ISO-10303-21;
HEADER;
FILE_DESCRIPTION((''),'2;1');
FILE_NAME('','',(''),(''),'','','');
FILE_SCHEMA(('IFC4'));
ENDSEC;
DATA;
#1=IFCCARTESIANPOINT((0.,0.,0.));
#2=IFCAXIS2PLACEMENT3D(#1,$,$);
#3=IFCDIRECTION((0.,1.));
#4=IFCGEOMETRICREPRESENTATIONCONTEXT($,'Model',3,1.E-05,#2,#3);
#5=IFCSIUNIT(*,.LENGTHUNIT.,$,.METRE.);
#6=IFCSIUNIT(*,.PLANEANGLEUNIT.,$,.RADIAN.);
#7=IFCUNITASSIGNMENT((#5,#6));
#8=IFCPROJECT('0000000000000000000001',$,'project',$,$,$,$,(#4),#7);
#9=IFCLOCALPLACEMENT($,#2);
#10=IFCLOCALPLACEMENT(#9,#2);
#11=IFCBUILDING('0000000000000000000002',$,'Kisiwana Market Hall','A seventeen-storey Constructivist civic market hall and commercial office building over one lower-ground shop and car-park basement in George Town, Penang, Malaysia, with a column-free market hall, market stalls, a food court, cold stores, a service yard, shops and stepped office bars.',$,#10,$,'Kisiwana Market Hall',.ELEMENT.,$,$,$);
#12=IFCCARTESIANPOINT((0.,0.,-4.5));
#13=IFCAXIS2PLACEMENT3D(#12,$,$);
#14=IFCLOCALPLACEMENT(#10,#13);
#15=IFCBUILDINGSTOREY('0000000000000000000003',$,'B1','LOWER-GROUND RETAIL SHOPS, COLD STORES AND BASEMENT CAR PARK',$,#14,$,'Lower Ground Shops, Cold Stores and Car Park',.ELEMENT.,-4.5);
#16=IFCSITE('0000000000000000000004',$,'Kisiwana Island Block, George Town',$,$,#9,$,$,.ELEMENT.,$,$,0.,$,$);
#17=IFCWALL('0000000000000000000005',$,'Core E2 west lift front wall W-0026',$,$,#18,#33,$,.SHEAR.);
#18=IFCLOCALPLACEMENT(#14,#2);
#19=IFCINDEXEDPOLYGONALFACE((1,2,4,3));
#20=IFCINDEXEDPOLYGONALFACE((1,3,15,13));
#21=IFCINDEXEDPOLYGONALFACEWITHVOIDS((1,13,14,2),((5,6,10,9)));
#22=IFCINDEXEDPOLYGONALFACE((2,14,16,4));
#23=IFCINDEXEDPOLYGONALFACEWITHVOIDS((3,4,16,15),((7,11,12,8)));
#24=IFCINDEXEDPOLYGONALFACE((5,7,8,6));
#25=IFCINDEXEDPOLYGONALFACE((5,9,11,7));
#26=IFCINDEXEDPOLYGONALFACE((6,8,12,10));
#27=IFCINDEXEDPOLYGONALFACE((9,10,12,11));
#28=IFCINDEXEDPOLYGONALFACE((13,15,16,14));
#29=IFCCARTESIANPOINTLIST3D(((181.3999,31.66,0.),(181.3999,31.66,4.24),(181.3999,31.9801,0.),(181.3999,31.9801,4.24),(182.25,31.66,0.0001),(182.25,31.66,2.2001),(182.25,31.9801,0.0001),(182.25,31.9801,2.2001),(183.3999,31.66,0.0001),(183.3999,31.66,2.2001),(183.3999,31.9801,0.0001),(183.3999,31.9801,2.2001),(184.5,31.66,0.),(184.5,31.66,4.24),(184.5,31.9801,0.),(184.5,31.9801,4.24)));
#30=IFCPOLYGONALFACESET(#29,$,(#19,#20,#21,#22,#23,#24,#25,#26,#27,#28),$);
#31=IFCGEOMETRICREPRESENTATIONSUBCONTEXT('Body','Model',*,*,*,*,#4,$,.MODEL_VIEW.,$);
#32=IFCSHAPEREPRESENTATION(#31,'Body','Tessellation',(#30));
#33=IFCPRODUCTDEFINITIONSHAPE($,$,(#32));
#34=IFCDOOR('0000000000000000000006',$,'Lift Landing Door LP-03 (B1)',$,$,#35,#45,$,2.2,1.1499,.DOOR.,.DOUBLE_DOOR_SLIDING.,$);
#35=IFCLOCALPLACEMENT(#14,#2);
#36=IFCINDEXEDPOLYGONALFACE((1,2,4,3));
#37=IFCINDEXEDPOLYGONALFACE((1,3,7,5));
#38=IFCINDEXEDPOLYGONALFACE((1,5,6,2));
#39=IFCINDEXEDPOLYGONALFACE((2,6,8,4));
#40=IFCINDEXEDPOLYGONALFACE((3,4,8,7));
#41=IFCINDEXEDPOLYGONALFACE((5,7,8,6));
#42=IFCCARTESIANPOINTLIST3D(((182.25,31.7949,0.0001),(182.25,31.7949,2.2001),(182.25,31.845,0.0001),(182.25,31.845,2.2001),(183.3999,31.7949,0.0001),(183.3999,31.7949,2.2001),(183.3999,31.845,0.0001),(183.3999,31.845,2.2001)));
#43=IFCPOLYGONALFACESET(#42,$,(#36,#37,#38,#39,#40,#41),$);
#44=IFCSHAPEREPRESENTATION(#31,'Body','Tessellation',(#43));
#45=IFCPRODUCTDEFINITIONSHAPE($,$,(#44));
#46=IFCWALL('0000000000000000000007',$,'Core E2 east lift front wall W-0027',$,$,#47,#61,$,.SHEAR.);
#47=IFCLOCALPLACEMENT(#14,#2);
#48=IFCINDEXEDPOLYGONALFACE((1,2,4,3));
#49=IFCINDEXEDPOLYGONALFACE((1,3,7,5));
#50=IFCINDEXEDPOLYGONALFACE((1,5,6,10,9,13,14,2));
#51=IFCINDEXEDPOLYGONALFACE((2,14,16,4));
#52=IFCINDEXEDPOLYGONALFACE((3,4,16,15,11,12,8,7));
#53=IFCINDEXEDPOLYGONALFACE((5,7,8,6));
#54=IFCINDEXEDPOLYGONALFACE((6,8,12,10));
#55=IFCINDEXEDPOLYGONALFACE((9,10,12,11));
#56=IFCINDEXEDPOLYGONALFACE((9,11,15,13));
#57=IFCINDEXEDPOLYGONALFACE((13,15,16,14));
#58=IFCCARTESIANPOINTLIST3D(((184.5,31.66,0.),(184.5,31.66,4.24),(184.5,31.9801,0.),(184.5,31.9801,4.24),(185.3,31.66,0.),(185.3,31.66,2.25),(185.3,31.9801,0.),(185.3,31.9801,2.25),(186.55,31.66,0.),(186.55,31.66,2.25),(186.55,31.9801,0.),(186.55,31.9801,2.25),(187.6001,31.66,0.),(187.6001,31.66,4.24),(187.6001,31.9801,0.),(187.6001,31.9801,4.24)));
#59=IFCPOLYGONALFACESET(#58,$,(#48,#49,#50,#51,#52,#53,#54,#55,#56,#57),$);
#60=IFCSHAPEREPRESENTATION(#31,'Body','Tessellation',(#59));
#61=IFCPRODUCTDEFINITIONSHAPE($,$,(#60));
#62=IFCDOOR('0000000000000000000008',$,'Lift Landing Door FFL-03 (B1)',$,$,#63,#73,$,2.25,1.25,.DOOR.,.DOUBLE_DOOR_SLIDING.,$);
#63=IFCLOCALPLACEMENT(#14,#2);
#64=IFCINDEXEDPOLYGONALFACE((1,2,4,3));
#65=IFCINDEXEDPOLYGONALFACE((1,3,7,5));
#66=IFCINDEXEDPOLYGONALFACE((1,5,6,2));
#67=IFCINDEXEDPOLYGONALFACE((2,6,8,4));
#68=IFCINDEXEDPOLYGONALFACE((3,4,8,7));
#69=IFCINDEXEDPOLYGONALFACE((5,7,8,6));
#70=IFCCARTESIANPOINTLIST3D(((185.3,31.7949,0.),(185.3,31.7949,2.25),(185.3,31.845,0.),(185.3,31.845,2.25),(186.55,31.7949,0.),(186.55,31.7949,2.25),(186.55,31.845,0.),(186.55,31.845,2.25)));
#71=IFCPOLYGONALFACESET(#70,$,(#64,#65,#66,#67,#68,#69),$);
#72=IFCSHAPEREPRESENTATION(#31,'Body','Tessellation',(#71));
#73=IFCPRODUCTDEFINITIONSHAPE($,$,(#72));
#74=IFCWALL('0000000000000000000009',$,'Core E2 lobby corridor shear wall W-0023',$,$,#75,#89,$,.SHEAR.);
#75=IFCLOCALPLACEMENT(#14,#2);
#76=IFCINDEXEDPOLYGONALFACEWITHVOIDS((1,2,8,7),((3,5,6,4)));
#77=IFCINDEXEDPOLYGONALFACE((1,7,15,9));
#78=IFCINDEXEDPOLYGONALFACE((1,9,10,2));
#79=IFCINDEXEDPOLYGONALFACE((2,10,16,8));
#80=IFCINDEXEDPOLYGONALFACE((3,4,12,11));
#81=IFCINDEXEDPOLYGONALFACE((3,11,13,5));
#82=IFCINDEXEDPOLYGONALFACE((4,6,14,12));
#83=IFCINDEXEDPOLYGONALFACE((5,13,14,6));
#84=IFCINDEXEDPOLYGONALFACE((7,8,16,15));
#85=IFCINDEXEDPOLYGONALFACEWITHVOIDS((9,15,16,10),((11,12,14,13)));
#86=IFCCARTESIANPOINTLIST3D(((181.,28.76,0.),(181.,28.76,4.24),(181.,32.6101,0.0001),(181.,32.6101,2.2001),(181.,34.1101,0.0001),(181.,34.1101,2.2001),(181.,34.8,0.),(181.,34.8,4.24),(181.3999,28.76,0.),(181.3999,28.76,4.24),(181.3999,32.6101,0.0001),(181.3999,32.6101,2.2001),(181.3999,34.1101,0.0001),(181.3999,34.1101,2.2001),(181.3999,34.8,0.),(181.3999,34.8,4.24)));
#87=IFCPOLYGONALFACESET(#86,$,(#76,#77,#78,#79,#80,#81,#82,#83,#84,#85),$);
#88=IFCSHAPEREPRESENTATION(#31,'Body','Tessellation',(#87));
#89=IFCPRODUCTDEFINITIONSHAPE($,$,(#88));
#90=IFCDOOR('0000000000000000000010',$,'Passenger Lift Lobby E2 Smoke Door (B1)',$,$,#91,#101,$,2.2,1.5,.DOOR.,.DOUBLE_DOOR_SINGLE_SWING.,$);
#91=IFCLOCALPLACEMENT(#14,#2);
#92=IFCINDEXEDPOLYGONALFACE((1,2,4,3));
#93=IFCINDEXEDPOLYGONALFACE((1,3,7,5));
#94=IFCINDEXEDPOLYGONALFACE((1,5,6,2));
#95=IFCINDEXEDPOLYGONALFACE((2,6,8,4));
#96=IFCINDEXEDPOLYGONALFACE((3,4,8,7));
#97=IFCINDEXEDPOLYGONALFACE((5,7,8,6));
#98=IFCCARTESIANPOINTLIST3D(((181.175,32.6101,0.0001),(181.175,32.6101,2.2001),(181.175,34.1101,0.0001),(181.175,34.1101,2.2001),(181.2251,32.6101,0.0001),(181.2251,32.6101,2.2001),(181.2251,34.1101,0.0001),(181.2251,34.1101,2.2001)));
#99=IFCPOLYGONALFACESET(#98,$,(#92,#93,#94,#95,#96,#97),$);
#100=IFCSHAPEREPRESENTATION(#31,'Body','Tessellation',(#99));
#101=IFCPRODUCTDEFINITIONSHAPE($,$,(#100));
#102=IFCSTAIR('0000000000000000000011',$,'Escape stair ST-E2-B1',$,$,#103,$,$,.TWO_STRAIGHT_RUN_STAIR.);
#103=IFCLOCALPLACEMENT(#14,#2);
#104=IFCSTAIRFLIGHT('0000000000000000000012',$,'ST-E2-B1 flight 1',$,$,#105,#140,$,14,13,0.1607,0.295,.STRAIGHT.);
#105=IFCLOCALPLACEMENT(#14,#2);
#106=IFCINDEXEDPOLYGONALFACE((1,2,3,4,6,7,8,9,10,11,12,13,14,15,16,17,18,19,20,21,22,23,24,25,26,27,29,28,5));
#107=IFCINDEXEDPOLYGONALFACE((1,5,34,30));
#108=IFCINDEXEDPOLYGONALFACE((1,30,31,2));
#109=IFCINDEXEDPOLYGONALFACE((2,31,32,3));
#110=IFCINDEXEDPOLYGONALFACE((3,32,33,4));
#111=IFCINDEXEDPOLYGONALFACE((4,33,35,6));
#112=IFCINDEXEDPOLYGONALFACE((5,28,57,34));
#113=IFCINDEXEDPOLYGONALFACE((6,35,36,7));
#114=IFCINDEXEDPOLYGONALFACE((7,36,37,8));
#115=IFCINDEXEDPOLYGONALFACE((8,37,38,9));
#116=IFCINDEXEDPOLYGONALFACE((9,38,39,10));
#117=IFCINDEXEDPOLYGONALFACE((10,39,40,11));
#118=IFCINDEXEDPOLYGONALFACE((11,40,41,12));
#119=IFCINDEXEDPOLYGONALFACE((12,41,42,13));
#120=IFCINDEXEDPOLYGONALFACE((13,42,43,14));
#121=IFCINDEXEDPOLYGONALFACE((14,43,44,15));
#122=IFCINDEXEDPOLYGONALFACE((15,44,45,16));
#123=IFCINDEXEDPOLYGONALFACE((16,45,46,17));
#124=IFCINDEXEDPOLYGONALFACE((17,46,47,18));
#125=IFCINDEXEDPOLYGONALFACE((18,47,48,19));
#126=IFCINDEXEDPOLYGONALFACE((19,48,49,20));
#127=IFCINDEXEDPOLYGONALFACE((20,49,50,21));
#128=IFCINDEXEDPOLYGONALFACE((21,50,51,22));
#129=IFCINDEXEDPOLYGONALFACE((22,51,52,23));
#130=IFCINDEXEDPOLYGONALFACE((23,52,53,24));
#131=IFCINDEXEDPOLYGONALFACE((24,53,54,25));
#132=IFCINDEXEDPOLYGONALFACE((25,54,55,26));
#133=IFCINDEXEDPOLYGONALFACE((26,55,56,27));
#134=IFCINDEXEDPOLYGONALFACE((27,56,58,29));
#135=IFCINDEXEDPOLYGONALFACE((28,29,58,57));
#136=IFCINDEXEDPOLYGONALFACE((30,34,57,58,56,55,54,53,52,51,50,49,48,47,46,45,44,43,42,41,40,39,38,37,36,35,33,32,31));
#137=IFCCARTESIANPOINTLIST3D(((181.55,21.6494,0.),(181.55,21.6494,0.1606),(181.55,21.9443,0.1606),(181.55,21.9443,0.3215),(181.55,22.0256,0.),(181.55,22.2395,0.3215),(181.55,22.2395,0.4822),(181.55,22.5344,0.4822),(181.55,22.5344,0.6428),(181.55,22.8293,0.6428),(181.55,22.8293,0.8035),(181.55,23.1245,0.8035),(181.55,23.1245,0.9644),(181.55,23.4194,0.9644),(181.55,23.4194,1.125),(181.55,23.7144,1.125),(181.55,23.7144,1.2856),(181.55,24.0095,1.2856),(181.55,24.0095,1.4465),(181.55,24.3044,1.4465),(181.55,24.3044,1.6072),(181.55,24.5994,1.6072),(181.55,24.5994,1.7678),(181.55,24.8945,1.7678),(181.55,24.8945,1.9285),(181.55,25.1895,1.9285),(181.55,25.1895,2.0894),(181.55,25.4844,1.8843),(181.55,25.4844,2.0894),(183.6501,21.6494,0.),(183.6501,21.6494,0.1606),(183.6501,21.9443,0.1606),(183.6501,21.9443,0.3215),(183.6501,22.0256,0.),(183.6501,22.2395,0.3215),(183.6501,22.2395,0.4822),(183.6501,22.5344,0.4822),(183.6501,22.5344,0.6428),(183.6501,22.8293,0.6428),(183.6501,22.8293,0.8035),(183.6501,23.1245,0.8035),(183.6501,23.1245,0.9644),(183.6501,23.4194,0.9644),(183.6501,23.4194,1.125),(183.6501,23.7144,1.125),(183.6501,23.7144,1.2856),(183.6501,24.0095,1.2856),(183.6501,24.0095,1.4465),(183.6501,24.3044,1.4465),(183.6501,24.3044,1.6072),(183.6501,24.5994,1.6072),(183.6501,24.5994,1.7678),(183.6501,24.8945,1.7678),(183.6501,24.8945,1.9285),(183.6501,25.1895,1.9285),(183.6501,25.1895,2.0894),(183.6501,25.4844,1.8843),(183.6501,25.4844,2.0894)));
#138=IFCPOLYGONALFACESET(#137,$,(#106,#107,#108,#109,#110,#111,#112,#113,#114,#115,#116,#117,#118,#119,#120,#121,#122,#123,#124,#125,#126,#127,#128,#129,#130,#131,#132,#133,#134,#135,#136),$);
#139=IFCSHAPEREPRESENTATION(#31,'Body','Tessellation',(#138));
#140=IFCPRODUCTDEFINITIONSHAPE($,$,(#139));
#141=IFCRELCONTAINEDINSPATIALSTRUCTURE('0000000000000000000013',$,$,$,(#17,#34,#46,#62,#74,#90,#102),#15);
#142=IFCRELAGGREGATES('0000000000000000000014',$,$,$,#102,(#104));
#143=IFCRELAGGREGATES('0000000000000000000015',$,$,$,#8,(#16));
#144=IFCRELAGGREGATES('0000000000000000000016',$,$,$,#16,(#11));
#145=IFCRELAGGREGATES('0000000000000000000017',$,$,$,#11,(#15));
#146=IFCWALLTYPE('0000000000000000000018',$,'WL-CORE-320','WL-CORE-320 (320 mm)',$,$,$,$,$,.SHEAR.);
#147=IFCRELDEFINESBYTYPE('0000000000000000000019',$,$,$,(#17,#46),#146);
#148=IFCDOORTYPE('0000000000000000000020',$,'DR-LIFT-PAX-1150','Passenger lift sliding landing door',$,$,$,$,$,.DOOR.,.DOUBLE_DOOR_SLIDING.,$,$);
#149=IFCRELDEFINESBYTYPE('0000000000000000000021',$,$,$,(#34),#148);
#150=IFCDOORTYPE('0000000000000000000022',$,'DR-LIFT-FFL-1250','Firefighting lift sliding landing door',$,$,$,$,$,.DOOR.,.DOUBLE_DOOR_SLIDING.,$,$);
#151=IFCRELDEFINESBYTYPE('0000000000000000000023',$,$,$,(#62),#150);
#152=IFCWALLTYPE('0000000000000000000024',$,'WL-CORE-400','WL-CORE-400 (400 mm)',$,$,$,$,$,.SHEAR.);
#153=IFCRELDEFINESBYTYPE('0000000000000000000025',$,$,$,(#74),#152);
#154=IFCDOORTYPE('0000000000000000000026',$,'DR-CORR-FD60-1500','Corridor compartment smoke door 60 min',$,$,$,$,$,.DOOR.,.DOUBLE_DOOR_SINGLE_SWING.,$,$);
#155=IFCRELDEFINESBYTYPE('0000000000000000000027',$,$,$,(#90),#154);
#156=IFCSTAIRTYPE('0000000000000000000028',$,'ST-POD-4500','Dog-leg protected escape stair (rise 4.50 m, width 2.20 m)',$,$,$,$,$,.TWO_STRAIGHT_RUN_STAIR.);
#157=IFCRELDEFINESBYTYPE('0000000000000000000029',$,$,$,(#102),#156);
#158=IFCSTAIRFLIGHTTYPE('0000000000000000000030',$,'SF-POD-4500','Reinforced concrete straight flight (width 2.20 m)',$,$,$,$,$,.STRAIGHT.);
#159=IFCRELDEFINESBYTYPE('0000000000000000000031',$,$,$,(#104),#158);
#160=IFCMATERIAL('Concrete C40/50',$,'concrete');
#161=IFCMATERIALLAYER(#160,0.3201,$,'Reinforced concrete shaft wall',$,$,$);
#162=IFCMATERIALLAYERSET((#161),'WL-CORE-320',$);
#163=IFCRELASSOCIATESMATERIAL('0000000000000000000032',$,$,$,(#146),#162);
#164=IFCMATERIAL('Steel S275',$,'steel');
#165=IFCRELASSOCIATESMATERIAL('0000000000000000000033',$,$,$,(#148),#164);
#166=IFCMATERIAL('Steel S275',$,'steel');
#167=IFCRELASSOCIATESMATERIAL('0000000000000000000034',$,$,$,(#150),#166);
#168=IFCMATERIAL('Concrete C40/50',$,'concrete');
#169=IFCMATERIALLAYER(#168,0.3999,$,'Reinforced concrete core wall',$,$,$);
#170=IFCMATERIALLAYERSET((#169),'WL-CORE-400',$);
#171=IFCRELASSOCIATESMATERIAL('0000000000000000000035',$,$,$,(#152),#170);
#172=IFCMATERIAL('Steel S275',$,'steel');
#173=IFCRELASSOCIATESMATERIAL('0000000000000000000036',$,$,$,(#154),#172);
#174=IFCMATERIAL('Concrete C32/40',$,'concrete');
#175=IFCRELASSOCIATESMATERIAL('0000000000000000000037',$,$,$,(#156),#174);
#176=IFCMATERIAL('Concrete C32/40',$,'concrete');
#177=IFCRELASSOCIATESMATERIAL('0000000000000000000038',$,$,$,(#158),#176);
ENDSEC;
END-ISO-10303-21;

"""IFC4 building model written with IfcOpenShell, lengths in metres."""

from ifc_helpers import new_model, si_unit, direction, frame, frame_2d, origin, place, context, subcontext, project, spatial, polyline, rectangle, outline, extrude, material, layer, layer_set, type_object, element, fill, aggregate, save


model = new_model("IFC4")

# Units and contexts
model_context = context("Model", 3, precision=1e-05, world=origin(), true_north=direction((0.0, 1.0)))
body_context = subcontext(model_context, "Body", "Model", "MODEL_VIEW")
ifc_project = project(units=[si_unit("LENGTHUNIT", "METRE"), si_unit("PLANEANGLEUNIT", "RADIAN")], contexts=[model_context])

# Site, building, storey
site_placement = place(None, origin())
site = spatial("IfcSite", under=ifc_project, at=site_placement, Name="Kisiwana Island Block, George Town", CompositionType="ELEMENT", RefElevation=0.0)
building_placement = place(site_placement, origin())
building = spatial("IfcBuilding", under=site, at=building_placement, Name="Kisiwana Market Hall", Description="A seventeen-storey Constructivist civic market hall and commercial office building over one lower-ground shop and car-park basement in George Town, Penang, Malaysia, with a column-free market hall, market stalls, a food court, cold stores, a service yard, shops and stepped office bars.", LongName="Kisiwana Market Hall", CompositionType="ELEMENT")
storey_placement = place(building_placement, frame((0.0, 0.0, -4.5)))
storey = spatial("IfcBuildingStorey", under=building, at=storey_placement, Name="B1", Description="LOWER-GROUND RETAIL SHOPS, COLD STORES AND BASEMENT CAR PARK", LongName="Lower Ground Shops, Cold Stores and Car Park", CompositionType="ELEMENT", Elevation=-4.5)

# Shared definitions
ifc_material_1 = material(Name="Concrete C40/50", Category="concrete")
ifc_layer_1 = layer(ifc_material_1, 0.3201, Name="Reinforced concrete shaft wall")
ifc_layer_set_1 = layer_set([ifc_layer_1], Name="WL-CORE-320")
wall_type_1 = type_object("IfcWallType", Name="WL-CORE-320", Description="WL-CORE-320 (320 mm)", PredefinedType="SHEAR", material=ifc_layer_set_1)

# Walls, openings, doors
wall_1_placement = place(storey_placement, frame((181.3999, 31.8201, 0.0), z_axis=(0.0, 0.0, 1.0), x_axis=(1.0, 0.0, 0.0)))
wall_1 = element("IfcWall", 1, at=wall_1_placement, inside=storey, type_object=wall_type_1, Name="Core E2 west lift front wall W-0026", PredefinedType="SHEAR", context=body_context, shape_type="SweptSolid", body=[
    extrude(rectangle(XDim=3.1001, YDim=0.3201, at=frame_2d((1.55, 0.0))), origin(), (0.0, 0.0, 1.0), 4.24),
])
opening_1_placement = place(wall_1_placement, frame((0.8501, 0.0, 0.0)))
opening_1 = element("IfcOpeningElement", 2, at=opening_1_placement, cuts=wall_1, PredefinedType="OPENING", context=body_context, shape_type="SweptSolid", body=[
    extrude(rectangle(XDim=1.1499, YDim=2.2, at=frame_2d((0.575, 1.1001))), frame((0.0, 0.1719, 0.0), z_axis=(0.0, -1.0, 0.0), x_axis=(1.0, 0.0, 0.0)), (0.0, 0.0, 1.0), 0.344),
])
ifc_material_2 = material(Name="Steel S275", Category="steel")
door_type_1 = type_object("IfcDoorType", Name="DR-LIFT-PAX-1150", Description="Passenger lift sliding landing door", OperationType="DOUBLE_DOOR_SLIDING", PredefinedType="DOOR", material=ifc_material_2)
door_1_placement = place(opening_1_placement, origin())
door_1 = element("IfcDoor", 3, at=door_1_placement, inside=storey, type_object=door_type_1, Name="Lift Landing Door LP-03 (B1)", OperationType="DOUBLE_DOOR_SLIDING", OverallHeight=2.2, OverallWidth=1.1499, PredefinedType="DOOR", context=body_context, shape_type="SweptSolid", body=[
    extrude(rectangle(XDim=1.1499, YDim=2.2, at=frame_2d((0.575, 1.1001))), frame((0.0, 0.0249, 0.0), z_axis=(0.0, -1.0, 0.0), x_axis=(1.0, 0.0, 0.0)), (0.0, 0.0, 1.0), 0.05),
])
fill(opening_1, door_1)
wall_2_placement = place(storey_placement, frame((184.5, 31.8201, 0.0), z_axis=(0.0, 0.0, 1.0), x_axis=(1.0, 0.0, 0.0)))
wall_2 = element("IfcWall", 4, at=wall_2_placement, inside=storey, type_object=wall_type_1, Name="Core E2 east lift front wall W-0027", PredefinedType="SHEAR", context=body_context, shape_type="SweptSolid", body=[
    extrude(rectangle(XDim=3.1001, YDim=0.3201, at=frame_2d((1.55, 0.0))), origin(), (0.0, 0.0, 1.0), 4.24),
])
opening_2_placement = place(wall_2_placement, frame((0.8, 0.0, 0.0)))
opening_2 = element("IfcOpeningElement", 5, at=opening_2_placement, cuts=wall_2, PredefinedType="OPENING", context=body_context, shape_type="SweptSolid", body=[
    extrude(rectangle(XDim=1.25, YDim=2.25, at=frame_2d((0.625, 1.125))), frame((0.0, 0.1719, 0.0), z_axis=(0.0, -1.0, 0.0), x_axis=(1.0, 0.0, 0.0)), (0.0, 0.0, 1.0), 0.344),
])
ifc_material_3 = material(Name="Steel S275", Category="steel")
door_type_2 = type_object("IfcDoorType", Name="DR-LIFT-FFL-1250", Description="Firefighting lift sliding landing door", OperationType="DOUBLE_DOOR_SLIDING", PredefinedType="DOOR", material=ifc_material_3)
door_2_placement = place(opening_2_placement, origin())
door_2 = element("IfcDoor", 6, at=door_2_placement, inside=storey, type_object=door_type_2, Name="Lift Landing Door FFL-03 (B1)", OperationType="DOUBLE_DOOR_SLIDING", OverallHeight=2.25, OverallWidth=1.25, PredefinedType="DOOR", context=body_context, shape_type="SweptSolid", body=[
    extrude(rectangle(XDim=1.25, YDim=2.25, at=frame_2d((0.625, 1.125))), frame((0.0, 0.0249, 0.0), z_axis=(0.0, -1.0, 0.0), x_axis=(1.0, 0.0, 0.0)), (0.0, 0.0, 1.0), 0.05),
])
fill(opening_2, door_2)
ifc_material_4 = material(Name="Concrete C40/50", Category="concrete")
ifc_layer_2 = layer(ifc_material_4, 0.3999, Name="Reinforced concrete core wall")
ifc_layer_set_2 = layer_set([ifc_layer_2], Name="WL-CORE-400")
wall_type_2 = type_object("IfcWallType", Name="WL-CORE-400", Description="WL-CORE-400 (400 mm)", PredefinedType="SHEAR", material=ifc_layer_set_2)
wall_3_placement = place(storey_placement, frame((181.2, 28.76, 0.0), z_axis=(0.0, 0.0, 1.0), x_axis=(0.0, 1.0, 0.0)))
wall_3 = element("IfcWall", 7, at=wall_3_placement, inside=storey, type_object=wall_type_2, Name="Core E2 lobby corridor shear wall W-0023", PredefinedType="SHEAR", context=body_context, shape_type="SweptSolid", body=[
    extrude(rectangle(XDim=6.04, YDim=0.3999, at=frame_2d((3.02, 0.0))), origin(), (0.0, 0.0, 1.0), 4.24),
])
opening_3_placement = place(wall_3_placement, frame((3.8501, 0.0, 0.0)))
opening_3 = element("IfcOpeningElement", 8, at=opening_3_placement, cuts=wall_3, PredefinedType="OPENING", context=body_context, shape_type="SweptSolid", body=[
    extrude(rectangle(XDim=1.5, YDim=2.2, at=frame_2d((0.75, 1.1001))), frame((0.0, 0.2119, 0.0), z_axis=(0.0, -1.0, 0.0), x_axis=(1.0, 0.0, 0.0)), (0.0, 0.0, 1.0), 0.4238),
])
ifc_material_5 = material(Name="Steel S275", Category="steel")
door_type_3 = type_object("IfcDoorType", Name="DR-CORR-FD60-1500", Description="Corridor compartment smoke door 60 min", OperationType="DOUBLE_DOOR_SINGLE_SWING", PredefinedType="DOOR", material=ifc_material_5)
door_3_placement = place(opening_3_placement, origin())
door_3 = element("IfcDoor", 9, at=door_3_placement, inside=storey, type_object=door_type_3, Name="Passenger Lift Lobby E2 Smoke Door (B1)", OperationType="DOUBLE_DOOR_SINGLE_SWING", OverallHeight=2.2, OverallWidth=1.5, PredefinedType="DOOR", context=body_context, shape_type="SweptSolid", body=[
    extrude(rectangle(XDim=1.5, YDim=2.2, at=frame_2d((0.75, 1.1001))), frame((0.0, 0.0249, 0.0), z_axis=(0.0, -1.0, 0.0), x_axis=(1.0, 0.0, 0.0)), (0.0, 0.0, 1.0), 0.05),
])
fill(opening_3, door_3)

# Stair, stair flight
ifc_material_6 = material(Name="Concrete C32/40", Category="concrete")
stair_type = type_object("IfcStairType", Name="ST-POD-4500", Description="Dog-leg protected escape stair (rise 4.50 m, width 2.20 m)", PredefinedType="TWO_STRAIGHT_RUN_STAIR", material=ifc_material_6)
stair_placement = place(storey_placement, origin())
stair = element("IfcStair", 10, at=stair_placement, inside=storey, type_object=stair_type, Name="Escape stair ST-E2-B1", PredefinedType="TWO_STRAIGHT_RUN_STAIR")
ifc_material_7 = material(Name="Concrete C32/40", Category="concrete")
stair_flight_type = type_object("IfcStairFlightType", Name="SF-POD-4500", Description="Reinforced concrete straight flight (width 2.20 m)", PredefinedType="STRAIGHT", material=ifc_material_7)
stair_flight_1_placement = place(storey_placement, frame((182.6001, 21.6494, 0.0), z_axis=(0.0, 0.0, 1.0), x_axis=(0.0, 1.0, 0.0)))
stair_flight_1 = element("IfcStairFlight", 11, at=stair_flight_1_placement, type_object=stair_flight_type, Name="ST-E2-B1 flight 1", NumberOfRisers=14, NumberOfTreads=13, PredefinedType="STRAIGHT", RiserHeight=0.1607, TreadLength=0.295, context=body_context, shape_type="SweptSolid", body=[
    extrude(outline(polyline([(0.0, 0.0), (0.0, 0.1606), (0.2949, 0.1606), (0.2949, 0.3215), (0.5901, 0.3215), (0.5901, 0.4822), (0.885, 0.4822), (0.885, 0.6428), (1.1799, 0.6428), (1.1799, 0.8035), (1.4751, 0.8035), (1.4751, 0.9644), (1.77, 0.9644), (1.77, 1.125), (2.0649, 1.125), (2.0649, 1.2856), (2.3601, 1.2856), (2.3601, 1.4465), (2.655, 1.4465), (2.655, 1.6072), (2.95, 1.6072), (2.95, 1.7678), (3.2451, 1.7678), (3.2451, 1.9285), (3.54, 1.9285), (3.54, 2.0894), (3.835, 2.0894), (3.835, 2.25), (3.835, 1.8843), (0.3762, 0.0), (0.0, 0.0)])), frame((0.0, 1.05, 0.0), z_axis=(0.0, -1.0, 0.0), x_axis=(1.0, 0.0, 0.0)), (0.0, 0.0, 1.0), 2.1001),
])
aggregate(stair, [stair_flight_1])

save(model, "model.ifc")
